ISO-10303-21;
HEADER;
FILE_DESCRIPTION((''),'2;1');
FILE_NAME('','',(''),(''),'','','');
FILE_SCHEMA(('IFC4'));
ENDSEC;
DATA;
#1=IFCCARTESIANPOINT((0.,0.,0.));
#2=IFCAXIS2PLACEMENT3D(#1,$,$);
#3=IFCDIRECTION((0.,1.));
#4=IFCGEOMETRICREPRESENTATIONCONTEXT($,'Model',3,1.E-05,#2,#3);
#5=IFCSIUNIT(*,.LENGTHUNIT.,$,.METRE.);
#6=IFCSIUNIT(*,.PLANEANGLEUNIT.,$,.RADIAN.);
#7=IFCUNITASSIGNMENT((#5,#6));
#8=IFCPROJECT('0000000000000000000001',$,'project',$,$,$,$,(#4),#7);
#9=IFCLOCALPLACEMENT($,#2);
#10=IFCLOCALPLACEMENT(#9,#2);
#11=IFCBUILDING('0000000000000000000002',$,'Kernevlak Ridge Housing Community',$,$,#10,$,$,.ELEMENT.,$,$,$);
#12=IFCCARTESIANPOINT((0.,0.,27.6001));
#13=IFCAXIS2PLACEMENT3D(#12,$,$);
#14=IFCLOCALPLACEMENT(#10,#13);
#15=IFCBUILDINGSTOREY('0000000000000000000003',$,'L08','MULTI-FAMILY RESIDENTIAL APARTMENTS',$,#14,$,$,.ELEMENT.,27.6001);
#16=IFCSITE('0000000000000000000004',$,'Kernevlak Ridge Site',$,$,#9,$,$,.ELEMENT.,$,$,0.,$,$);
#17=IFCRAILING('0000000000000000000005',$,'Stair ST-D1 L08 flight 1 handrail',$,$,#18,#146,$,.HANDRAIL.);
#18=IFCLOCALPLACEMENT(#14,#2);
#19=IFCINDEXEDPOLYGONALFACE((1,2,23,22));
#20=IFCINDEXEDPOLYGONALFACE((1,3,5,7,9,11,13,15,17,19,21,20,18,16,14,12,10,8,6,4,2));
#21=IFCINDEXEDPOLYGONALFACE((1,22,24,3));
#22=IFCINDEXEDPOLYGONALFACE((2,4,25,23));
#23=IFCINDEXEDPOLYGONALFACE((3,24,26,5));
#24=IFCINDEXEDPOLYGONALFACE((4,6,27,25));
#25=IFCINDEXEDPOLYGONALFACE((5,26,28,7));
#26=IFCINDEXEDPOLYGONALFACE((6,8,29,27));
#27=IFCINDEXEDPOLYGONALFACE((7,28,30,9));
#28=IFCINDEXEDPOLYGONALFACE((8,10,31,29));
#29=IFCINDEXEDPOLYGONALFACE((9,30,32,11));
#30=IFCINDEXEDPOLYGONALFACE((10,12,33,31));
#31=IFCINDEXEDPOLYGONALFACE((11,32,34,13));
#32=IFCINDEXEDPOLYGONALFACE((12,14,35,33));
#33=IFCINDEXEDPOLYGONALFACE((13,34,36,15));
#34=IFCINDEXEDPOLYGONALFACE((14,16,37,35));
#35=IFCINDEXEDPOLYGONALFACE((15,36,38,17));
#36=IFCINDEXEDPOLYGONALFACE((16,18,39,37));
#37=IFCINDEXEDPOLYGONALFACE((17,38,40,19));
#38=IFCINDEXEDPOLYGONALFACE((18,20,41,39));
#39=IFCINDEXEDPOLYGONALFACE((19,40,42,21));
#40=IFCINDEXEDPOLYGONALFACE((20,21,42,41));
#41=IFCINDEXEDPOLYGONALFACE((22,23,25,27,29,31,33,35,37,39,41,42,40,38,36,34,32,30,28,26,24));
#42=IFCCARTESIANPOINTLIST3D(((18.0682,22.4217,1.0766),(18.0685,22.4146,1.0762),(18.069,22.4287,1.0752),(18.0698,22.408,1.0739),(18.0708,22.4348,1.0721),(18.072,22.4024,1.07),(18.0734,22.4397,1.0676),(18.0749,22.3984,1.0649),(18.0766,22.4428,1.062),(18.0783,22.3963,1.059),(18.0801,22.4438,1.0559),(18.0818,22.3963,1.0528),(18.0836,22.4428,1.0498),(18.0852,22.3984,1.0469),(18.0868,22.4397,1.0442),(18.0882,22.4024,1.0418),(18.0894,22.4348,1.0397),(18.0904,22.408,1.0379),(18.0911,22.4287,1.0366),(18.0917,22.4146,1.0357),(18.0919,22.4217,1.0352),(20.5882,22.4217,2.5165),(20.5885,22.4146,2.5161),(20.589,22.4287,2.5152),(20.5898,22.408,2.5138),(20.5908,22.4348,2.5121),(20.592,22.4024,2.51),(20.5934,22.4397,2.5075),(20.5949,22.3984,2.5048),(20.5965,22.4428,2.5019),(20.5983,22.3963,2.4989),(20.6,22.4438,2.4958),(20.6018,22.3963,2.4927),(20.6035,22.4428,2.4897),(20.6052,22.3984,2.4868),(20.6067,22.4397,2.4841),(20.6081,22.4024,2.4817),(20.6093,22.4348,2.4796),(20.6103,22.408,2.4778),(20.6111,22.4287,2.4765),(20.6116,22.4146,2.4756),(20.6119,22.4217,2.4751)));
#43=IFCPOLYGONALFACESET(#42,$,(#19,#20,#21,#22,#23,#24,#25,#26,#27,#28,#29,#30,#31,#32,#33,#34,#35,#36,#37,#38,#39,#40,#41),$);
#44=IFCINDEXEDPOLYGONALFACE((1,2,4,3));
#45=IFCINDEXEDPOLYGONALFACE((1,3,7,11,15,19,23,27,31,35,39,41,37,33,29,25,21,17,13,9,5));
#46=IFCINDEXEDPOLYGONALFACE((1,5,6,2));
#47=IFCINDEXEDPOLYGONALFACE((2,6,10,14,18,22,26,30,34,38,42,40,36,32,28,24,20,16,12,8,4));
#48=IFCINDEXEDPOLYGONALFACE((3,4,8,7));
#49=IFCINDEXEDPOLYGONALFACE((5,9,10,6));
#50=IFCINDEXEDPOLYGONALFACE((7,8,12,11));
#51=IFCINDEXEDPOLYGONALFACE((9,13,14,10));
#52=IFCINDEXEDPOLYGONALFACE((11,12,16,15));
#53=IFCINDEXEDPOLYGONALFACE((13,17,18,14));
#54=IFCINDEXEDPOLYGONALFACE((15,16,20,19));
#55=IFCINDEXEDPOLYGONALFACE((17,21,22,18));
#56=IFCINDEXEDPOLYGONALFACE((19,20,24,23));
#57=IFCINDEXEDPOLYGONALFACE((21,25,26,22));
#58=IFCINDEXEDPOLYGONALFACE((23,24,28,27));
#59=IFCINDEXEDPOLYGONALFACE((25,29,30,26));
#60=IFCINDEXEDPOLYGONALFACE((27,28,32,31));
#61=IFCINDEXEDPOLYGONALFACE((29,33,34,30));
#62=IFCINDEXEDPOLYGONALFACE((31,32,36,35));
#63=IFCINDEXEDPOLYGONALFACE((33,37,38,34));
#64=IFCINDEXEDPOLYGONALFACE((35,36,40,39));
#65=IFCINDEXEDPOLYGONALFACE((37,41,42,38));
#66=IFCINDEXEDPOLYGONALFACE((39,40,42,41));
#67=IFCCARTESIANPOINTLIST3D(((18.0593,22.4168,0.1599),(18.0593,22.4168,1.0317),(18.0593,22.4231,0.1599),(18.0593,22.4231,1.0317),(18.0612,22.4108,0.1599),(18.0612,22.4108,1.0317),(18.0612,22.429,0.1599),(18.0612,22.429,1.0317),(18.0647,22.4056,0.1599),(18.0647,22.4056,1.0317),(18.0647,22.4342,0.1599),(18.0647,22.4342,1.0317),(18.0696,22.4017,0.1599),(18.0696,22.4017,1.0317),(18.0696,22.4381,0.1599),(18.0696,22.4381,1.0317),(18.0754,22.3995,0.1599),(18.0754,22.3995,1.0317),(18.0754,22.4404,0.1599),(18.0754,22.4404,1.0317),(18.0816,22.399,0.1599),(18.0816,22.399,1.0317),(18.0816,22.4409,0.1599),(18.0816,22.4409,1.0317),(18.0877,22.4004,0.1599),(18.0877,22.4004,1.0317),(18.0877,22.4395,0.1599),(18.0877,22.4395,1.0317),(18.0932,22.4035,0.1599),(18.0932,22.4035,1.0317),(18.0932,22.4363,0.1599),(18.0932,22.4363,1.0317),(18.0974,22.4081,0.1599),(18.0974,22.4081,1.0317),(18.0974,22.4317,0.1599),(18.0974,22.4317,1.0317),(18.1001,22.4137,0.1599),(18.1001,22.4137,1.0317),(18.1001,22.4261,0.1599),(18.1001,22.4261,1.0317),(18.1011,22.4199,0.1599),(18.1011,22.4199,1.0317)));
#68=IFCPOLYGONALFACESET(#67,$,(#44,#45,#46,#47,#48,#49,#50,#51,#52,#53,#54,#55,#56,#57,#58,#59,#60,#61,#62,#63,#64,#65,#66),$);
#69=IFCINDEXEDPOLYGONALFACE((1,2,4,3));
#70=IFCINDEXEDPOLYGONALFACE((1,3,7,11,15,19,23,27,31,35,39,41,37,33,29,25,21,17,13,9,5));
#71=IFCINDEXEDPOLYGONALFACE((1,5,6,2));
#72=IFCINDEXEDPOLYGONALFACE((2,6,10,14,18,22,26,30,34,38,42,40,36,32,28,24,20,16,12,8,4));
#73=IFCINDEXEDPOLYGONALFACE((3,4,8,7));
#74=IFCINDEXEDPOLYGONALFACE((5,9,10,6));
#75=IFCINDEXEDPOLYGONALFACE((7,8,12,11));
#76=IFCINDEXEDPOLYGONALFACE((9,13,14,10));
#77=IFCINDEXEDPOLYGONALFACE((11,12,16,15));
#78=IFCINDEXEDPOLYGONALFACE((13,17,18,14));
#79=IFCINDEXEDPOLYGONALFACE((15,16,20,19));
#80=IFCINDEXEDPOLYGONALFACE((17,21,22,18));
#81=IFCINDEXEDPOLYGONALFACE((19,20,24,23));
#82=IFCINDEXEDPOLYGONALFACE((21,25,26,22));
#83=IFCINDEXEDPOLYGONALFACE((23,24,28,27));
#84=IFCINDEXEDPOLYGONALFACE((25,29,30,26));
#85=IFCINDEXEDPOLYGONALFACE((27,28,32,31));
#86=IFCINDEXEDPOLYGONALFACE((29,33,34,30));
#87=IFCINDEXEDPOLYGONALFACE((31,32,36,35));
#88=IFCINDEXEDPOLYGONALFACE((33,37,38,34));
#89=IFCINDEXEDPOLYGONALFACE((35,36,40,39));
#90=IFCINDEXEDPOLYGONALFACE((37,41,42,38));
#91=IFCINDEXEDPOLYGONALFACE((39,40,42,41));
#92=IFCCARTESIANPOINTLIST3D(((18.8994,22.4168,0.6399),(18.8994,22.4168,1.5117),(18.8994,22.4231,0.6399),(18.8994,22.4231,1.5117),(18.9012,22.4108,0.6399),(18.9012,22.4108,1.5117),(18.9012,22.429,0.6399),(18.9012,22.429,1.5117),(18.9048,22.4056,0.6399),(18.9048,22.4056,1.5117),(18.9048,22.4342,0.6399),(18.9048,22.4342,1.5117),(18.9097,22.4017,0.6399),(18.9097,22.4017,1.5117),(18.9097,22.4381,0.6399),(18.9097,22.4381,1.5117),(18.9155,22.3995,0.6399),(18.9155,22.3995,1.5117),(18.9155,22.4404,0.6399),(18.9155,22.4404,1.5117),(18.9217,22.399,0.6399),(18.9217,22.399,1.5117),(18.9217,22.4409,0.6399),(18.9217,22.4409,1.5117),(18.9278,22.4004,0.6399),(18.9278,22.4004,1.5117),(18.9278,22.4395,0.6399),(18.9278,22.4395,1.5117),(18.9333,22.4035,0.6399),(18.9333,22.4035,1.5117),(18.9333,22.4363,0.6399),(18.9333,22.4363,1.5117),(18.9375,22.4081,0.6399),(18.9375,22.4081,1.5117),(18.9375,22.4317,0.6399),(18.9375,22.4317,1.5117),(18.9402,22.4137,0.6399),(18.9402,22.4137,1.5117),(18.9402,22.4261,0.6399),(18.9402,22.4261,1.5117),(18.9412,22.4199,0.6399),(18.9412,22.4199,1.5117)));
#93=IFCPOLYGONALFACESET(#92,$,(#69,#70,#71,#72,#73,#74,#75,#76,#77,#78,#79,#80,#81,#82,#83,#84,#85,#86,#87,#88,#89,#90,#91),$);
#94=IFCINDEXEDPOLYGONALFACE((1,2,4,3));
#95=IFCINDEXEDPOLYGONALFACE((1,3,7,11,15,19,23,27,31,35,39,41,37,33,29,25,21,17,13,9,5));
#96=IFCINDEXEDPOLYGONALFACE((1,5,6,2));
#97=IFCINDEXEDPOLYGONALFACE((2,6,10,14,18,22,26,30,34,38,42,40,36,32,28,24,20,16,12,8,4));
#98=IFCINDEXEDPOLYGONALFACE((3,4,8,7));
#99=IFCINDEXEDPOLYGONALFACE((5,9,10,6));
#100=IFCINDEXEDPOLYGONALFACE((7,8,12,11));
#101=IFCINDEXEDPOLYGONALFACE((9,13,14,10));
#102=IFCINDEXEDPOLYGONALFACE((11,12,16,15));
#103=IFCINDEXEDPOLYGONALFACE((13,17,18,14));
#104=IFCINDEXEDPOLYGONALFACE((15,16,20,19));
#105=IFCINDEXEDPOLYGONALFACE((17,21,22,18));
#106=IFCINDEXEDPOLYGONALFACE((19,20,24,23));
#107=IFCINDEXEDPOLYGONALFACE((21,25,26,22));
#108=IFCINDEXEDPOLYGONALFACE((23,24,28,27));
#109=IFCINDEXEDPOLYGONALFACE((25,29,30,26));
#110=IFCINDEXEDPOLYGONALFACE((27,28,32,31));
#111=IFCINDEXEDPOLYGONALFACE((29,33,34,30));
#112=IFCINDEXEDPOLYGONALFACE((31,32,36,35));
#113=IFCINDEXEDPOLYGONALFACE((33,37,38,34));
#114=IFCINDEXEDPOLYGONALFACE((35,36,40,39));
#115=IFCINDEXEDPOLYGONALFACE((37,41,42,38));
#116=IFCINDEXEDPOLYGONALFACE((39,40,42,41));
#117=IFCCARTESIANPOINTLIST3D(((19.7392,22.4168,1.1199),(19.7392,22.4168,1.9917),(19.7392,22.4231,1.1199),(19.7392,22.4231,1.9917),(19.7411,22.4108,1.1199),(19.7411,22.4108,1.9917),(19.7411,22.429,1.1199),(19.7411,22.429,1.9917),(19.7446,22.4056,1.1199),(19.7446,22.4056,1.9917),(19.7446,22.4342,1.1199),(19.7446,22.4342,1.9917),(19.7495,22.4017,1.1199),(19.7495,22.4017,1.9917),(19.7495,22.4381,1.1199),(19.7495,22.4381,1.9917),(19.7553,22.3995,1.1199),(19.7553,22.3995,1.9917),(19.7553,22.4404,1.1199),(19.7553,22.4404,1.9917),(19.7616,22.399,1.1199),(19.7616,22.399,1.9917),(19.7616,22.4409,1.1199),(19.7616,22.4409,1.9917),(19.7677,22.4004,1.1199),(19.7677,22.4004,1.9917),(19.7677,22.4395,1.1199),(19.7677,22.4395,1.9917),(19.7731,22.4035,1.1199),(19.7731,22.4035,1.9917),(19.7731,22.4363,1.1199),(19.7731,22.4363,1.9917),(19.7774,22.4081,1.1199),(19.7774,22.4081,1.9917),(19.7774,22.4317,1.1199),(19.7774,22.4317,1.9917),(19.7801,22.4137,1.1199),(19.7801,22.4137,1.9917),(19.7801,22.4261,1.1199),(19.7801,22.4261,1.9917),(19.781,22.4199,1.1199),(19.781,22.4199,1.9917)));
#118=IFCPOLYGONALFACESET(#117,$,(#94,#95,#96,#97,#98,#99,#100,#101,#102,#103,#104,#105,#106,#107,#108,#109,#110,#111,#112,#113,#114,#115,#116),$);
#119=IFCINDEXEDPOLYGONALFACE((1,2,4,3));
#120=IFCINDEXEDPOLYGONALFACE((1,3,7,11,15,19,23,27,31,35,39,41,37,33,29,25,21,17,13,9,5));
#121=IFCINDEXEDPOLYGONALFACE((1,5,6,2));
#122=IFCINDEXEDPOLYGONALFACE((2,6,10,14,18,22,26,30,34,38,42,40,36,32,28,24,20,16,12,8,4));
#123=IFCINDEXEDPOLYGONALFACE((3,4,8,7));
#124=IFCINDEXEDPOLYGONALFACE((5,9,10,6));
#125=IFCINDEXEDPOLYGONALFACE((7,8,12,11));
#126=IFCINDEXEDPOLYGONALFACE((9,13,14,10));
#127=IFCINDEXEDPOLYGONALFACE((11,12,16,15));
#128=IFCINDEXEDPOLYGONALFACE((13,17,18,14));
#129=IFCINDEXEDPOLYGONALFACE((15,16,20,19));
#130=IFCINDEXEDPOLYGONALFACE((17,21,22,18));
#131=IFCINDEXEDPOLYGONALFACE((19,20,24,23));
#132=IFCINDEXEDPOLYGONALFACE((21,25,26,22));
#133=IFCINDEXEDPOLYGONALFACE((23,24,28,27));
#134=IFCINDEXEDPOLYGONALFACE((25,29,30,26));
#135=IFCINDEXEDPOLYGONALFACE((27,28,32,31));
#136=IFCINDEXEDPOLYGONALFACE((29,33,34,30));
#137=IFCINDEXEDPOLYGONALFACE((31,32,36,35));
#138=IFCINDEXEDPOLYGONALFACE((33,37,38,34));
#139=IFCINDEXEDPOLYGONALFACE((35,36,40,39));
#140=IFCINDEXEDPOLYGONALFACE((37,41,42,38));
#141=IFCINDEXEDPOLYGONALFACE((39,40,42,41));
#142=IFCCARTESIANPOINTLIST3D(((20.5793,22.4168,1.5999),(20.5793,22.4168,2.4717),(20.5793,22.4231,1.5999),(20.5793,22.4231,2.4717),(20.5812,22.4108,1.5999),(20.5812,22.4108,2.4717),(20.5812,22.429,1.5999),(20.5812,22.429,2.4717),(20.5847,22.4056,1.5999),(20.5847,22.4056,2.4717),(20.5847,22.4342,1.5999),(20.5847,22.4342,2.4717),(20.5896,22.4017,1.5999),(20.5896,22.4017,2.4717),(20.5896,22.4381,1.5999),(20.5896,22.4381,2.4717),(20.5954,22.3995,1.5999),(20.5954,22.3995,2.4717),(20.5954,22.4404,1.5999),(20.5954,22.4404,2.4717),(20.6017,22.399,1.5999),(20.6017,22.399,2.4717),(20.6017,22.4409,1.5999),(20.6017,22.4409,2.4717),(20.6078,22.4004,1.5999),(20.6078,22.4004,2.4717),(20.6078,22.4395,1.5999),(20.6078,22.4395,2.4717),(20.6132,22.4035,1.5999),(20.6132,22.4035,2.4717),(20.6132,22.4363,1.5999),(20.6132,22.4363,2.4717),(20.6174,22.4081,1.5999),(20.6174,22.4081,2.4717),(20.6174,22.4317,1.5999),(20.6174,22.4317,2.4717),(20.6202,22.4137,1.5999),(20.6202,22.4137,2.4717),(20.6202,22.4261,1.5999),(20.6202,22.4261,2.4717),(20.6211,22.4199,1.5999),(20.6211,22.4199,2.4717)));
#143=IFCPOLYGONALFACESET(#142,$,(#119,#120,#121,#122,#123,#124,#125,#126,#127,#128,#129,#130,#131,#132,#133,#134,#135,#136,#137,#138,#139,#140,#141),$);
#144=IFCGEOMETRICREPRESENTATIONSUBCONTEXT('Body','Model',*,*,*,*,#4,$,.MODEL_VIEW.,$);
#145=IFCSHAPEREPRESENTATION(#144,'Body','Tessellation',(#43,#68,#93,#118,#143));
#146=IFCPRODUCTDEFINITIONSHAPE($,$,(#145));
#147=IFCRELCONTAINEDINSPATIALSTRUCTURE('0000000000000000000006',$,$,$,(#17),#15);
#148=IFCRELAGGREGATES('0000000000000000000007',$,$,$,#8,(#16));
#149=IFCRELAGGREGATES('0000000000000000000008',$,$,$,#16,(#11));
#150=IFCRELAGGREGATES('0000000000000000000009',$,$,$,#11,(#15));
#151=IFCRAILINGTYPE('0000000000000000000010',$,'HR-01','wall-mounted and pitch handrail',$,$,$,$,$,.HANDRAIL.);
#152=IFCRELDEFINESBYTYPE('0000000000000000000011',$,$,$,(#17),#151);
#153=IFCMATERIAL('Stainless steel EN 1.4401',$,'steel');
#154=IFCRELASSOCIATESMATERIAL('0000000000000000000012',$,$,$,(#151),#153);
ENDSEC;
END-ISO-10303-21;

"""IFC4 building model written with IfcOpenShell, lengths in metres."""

from ifc_helpers import new_model, si_unit, direction, frame, origin, origin_2d, place, context, subcontext, project, spatial, circle, extrude, material, type_object, element, save


model = new_model("IFC4")

# Units and contexts
model_context = context("Model", 3, precision=1e-05, world=origin(), true_north=direction((0.0, 1.0)))
body_context = subcontext(model_context, "Body", "Model", "MODEL_VIEW")
ifc_project = project(units=[si_unit("LENGTHUNIT", "METRE"), si_unit("PLANEANGLEUNIT", "RADIAN")], contexts=[model_context])

# Site, building, storey
site_placement = place(None, origin())
site = spatial("IfcSite", under=ifc_project, at=site_placement, Name="Kernevlak Ridge Site", CompositionType="ELEMENT", RefElevation=0.0)
building_placement = place(site_placement, origin())
building = spatial("IfcBuilding", under=site, at=building_placement, Name="Kernevlak Ridge Housing Community", CompositionType="ELEMENT")
storey_placement = place(building_placement, frame((0.0, 0.0, 27.6001)))
storey = spatial("IfcBuildingStorey", under=building, at=storey_placement, Name="L08", Description="MULTI-FAMILY RESIDENTIAL APARTMENTS", CompositionType="ELEMENT", Elevation=27.6001)

# Shared definitions
ifc_material_1 = material(Name="Stainless steel EN 1.4401", Category="steel")

# Railing
railing_type_1 = type_object("IfcRailingType", Name="HR-01", Description="wall-mounted and pitch handrail", PredefinedType="HANDRAIL", material=ifc_material_1)
railing_1_placement = place(storey_placement, frame((18.0801, 22.4199, 0.1599)))
element("IfcRailing", 1, at=railing_1_placement, inside=storey, type_object=railing_type_1, Name="Stair ST-D1 L08 flight 1 handrail", PredefinedType="HANDRAIL", context=body_context, shape_type="SweptSolid", body=[
    extrude(circle(Radius=0.0239, at=origin_2d()), frame((0.0, 0.0, 0.896), z_axis=(0.868253, 0.0, 0.496121), x_axis=(0.0, 1.0, 0.0)), (0.0, 0.0, 1.0), 2.9023),
    extrude(circle(Radius=0.021, at=origin_2d()), origin(), (0.0, 0.0, 1.0), 0.8718),
    extrude(circle(Radius=0.021, at=origin_2d()), frame((0.8401, 0.0, 0.48)), (0.0, 0.0, 1.0), 0.8718),
    extrude(circle(Radius=0.021, at=origin_2d()), frame((1.6799, 0.0, 0.96)), (0.0, 0.0, 1.0), 0.8718),
    extrude(circle(Radius=0.021, at=origin_2d()), frame((2.52, 0.0, 1.4399)), (0.0, 0.0, 1.0), 0.8718),
])

save(model, "model.ifc")
